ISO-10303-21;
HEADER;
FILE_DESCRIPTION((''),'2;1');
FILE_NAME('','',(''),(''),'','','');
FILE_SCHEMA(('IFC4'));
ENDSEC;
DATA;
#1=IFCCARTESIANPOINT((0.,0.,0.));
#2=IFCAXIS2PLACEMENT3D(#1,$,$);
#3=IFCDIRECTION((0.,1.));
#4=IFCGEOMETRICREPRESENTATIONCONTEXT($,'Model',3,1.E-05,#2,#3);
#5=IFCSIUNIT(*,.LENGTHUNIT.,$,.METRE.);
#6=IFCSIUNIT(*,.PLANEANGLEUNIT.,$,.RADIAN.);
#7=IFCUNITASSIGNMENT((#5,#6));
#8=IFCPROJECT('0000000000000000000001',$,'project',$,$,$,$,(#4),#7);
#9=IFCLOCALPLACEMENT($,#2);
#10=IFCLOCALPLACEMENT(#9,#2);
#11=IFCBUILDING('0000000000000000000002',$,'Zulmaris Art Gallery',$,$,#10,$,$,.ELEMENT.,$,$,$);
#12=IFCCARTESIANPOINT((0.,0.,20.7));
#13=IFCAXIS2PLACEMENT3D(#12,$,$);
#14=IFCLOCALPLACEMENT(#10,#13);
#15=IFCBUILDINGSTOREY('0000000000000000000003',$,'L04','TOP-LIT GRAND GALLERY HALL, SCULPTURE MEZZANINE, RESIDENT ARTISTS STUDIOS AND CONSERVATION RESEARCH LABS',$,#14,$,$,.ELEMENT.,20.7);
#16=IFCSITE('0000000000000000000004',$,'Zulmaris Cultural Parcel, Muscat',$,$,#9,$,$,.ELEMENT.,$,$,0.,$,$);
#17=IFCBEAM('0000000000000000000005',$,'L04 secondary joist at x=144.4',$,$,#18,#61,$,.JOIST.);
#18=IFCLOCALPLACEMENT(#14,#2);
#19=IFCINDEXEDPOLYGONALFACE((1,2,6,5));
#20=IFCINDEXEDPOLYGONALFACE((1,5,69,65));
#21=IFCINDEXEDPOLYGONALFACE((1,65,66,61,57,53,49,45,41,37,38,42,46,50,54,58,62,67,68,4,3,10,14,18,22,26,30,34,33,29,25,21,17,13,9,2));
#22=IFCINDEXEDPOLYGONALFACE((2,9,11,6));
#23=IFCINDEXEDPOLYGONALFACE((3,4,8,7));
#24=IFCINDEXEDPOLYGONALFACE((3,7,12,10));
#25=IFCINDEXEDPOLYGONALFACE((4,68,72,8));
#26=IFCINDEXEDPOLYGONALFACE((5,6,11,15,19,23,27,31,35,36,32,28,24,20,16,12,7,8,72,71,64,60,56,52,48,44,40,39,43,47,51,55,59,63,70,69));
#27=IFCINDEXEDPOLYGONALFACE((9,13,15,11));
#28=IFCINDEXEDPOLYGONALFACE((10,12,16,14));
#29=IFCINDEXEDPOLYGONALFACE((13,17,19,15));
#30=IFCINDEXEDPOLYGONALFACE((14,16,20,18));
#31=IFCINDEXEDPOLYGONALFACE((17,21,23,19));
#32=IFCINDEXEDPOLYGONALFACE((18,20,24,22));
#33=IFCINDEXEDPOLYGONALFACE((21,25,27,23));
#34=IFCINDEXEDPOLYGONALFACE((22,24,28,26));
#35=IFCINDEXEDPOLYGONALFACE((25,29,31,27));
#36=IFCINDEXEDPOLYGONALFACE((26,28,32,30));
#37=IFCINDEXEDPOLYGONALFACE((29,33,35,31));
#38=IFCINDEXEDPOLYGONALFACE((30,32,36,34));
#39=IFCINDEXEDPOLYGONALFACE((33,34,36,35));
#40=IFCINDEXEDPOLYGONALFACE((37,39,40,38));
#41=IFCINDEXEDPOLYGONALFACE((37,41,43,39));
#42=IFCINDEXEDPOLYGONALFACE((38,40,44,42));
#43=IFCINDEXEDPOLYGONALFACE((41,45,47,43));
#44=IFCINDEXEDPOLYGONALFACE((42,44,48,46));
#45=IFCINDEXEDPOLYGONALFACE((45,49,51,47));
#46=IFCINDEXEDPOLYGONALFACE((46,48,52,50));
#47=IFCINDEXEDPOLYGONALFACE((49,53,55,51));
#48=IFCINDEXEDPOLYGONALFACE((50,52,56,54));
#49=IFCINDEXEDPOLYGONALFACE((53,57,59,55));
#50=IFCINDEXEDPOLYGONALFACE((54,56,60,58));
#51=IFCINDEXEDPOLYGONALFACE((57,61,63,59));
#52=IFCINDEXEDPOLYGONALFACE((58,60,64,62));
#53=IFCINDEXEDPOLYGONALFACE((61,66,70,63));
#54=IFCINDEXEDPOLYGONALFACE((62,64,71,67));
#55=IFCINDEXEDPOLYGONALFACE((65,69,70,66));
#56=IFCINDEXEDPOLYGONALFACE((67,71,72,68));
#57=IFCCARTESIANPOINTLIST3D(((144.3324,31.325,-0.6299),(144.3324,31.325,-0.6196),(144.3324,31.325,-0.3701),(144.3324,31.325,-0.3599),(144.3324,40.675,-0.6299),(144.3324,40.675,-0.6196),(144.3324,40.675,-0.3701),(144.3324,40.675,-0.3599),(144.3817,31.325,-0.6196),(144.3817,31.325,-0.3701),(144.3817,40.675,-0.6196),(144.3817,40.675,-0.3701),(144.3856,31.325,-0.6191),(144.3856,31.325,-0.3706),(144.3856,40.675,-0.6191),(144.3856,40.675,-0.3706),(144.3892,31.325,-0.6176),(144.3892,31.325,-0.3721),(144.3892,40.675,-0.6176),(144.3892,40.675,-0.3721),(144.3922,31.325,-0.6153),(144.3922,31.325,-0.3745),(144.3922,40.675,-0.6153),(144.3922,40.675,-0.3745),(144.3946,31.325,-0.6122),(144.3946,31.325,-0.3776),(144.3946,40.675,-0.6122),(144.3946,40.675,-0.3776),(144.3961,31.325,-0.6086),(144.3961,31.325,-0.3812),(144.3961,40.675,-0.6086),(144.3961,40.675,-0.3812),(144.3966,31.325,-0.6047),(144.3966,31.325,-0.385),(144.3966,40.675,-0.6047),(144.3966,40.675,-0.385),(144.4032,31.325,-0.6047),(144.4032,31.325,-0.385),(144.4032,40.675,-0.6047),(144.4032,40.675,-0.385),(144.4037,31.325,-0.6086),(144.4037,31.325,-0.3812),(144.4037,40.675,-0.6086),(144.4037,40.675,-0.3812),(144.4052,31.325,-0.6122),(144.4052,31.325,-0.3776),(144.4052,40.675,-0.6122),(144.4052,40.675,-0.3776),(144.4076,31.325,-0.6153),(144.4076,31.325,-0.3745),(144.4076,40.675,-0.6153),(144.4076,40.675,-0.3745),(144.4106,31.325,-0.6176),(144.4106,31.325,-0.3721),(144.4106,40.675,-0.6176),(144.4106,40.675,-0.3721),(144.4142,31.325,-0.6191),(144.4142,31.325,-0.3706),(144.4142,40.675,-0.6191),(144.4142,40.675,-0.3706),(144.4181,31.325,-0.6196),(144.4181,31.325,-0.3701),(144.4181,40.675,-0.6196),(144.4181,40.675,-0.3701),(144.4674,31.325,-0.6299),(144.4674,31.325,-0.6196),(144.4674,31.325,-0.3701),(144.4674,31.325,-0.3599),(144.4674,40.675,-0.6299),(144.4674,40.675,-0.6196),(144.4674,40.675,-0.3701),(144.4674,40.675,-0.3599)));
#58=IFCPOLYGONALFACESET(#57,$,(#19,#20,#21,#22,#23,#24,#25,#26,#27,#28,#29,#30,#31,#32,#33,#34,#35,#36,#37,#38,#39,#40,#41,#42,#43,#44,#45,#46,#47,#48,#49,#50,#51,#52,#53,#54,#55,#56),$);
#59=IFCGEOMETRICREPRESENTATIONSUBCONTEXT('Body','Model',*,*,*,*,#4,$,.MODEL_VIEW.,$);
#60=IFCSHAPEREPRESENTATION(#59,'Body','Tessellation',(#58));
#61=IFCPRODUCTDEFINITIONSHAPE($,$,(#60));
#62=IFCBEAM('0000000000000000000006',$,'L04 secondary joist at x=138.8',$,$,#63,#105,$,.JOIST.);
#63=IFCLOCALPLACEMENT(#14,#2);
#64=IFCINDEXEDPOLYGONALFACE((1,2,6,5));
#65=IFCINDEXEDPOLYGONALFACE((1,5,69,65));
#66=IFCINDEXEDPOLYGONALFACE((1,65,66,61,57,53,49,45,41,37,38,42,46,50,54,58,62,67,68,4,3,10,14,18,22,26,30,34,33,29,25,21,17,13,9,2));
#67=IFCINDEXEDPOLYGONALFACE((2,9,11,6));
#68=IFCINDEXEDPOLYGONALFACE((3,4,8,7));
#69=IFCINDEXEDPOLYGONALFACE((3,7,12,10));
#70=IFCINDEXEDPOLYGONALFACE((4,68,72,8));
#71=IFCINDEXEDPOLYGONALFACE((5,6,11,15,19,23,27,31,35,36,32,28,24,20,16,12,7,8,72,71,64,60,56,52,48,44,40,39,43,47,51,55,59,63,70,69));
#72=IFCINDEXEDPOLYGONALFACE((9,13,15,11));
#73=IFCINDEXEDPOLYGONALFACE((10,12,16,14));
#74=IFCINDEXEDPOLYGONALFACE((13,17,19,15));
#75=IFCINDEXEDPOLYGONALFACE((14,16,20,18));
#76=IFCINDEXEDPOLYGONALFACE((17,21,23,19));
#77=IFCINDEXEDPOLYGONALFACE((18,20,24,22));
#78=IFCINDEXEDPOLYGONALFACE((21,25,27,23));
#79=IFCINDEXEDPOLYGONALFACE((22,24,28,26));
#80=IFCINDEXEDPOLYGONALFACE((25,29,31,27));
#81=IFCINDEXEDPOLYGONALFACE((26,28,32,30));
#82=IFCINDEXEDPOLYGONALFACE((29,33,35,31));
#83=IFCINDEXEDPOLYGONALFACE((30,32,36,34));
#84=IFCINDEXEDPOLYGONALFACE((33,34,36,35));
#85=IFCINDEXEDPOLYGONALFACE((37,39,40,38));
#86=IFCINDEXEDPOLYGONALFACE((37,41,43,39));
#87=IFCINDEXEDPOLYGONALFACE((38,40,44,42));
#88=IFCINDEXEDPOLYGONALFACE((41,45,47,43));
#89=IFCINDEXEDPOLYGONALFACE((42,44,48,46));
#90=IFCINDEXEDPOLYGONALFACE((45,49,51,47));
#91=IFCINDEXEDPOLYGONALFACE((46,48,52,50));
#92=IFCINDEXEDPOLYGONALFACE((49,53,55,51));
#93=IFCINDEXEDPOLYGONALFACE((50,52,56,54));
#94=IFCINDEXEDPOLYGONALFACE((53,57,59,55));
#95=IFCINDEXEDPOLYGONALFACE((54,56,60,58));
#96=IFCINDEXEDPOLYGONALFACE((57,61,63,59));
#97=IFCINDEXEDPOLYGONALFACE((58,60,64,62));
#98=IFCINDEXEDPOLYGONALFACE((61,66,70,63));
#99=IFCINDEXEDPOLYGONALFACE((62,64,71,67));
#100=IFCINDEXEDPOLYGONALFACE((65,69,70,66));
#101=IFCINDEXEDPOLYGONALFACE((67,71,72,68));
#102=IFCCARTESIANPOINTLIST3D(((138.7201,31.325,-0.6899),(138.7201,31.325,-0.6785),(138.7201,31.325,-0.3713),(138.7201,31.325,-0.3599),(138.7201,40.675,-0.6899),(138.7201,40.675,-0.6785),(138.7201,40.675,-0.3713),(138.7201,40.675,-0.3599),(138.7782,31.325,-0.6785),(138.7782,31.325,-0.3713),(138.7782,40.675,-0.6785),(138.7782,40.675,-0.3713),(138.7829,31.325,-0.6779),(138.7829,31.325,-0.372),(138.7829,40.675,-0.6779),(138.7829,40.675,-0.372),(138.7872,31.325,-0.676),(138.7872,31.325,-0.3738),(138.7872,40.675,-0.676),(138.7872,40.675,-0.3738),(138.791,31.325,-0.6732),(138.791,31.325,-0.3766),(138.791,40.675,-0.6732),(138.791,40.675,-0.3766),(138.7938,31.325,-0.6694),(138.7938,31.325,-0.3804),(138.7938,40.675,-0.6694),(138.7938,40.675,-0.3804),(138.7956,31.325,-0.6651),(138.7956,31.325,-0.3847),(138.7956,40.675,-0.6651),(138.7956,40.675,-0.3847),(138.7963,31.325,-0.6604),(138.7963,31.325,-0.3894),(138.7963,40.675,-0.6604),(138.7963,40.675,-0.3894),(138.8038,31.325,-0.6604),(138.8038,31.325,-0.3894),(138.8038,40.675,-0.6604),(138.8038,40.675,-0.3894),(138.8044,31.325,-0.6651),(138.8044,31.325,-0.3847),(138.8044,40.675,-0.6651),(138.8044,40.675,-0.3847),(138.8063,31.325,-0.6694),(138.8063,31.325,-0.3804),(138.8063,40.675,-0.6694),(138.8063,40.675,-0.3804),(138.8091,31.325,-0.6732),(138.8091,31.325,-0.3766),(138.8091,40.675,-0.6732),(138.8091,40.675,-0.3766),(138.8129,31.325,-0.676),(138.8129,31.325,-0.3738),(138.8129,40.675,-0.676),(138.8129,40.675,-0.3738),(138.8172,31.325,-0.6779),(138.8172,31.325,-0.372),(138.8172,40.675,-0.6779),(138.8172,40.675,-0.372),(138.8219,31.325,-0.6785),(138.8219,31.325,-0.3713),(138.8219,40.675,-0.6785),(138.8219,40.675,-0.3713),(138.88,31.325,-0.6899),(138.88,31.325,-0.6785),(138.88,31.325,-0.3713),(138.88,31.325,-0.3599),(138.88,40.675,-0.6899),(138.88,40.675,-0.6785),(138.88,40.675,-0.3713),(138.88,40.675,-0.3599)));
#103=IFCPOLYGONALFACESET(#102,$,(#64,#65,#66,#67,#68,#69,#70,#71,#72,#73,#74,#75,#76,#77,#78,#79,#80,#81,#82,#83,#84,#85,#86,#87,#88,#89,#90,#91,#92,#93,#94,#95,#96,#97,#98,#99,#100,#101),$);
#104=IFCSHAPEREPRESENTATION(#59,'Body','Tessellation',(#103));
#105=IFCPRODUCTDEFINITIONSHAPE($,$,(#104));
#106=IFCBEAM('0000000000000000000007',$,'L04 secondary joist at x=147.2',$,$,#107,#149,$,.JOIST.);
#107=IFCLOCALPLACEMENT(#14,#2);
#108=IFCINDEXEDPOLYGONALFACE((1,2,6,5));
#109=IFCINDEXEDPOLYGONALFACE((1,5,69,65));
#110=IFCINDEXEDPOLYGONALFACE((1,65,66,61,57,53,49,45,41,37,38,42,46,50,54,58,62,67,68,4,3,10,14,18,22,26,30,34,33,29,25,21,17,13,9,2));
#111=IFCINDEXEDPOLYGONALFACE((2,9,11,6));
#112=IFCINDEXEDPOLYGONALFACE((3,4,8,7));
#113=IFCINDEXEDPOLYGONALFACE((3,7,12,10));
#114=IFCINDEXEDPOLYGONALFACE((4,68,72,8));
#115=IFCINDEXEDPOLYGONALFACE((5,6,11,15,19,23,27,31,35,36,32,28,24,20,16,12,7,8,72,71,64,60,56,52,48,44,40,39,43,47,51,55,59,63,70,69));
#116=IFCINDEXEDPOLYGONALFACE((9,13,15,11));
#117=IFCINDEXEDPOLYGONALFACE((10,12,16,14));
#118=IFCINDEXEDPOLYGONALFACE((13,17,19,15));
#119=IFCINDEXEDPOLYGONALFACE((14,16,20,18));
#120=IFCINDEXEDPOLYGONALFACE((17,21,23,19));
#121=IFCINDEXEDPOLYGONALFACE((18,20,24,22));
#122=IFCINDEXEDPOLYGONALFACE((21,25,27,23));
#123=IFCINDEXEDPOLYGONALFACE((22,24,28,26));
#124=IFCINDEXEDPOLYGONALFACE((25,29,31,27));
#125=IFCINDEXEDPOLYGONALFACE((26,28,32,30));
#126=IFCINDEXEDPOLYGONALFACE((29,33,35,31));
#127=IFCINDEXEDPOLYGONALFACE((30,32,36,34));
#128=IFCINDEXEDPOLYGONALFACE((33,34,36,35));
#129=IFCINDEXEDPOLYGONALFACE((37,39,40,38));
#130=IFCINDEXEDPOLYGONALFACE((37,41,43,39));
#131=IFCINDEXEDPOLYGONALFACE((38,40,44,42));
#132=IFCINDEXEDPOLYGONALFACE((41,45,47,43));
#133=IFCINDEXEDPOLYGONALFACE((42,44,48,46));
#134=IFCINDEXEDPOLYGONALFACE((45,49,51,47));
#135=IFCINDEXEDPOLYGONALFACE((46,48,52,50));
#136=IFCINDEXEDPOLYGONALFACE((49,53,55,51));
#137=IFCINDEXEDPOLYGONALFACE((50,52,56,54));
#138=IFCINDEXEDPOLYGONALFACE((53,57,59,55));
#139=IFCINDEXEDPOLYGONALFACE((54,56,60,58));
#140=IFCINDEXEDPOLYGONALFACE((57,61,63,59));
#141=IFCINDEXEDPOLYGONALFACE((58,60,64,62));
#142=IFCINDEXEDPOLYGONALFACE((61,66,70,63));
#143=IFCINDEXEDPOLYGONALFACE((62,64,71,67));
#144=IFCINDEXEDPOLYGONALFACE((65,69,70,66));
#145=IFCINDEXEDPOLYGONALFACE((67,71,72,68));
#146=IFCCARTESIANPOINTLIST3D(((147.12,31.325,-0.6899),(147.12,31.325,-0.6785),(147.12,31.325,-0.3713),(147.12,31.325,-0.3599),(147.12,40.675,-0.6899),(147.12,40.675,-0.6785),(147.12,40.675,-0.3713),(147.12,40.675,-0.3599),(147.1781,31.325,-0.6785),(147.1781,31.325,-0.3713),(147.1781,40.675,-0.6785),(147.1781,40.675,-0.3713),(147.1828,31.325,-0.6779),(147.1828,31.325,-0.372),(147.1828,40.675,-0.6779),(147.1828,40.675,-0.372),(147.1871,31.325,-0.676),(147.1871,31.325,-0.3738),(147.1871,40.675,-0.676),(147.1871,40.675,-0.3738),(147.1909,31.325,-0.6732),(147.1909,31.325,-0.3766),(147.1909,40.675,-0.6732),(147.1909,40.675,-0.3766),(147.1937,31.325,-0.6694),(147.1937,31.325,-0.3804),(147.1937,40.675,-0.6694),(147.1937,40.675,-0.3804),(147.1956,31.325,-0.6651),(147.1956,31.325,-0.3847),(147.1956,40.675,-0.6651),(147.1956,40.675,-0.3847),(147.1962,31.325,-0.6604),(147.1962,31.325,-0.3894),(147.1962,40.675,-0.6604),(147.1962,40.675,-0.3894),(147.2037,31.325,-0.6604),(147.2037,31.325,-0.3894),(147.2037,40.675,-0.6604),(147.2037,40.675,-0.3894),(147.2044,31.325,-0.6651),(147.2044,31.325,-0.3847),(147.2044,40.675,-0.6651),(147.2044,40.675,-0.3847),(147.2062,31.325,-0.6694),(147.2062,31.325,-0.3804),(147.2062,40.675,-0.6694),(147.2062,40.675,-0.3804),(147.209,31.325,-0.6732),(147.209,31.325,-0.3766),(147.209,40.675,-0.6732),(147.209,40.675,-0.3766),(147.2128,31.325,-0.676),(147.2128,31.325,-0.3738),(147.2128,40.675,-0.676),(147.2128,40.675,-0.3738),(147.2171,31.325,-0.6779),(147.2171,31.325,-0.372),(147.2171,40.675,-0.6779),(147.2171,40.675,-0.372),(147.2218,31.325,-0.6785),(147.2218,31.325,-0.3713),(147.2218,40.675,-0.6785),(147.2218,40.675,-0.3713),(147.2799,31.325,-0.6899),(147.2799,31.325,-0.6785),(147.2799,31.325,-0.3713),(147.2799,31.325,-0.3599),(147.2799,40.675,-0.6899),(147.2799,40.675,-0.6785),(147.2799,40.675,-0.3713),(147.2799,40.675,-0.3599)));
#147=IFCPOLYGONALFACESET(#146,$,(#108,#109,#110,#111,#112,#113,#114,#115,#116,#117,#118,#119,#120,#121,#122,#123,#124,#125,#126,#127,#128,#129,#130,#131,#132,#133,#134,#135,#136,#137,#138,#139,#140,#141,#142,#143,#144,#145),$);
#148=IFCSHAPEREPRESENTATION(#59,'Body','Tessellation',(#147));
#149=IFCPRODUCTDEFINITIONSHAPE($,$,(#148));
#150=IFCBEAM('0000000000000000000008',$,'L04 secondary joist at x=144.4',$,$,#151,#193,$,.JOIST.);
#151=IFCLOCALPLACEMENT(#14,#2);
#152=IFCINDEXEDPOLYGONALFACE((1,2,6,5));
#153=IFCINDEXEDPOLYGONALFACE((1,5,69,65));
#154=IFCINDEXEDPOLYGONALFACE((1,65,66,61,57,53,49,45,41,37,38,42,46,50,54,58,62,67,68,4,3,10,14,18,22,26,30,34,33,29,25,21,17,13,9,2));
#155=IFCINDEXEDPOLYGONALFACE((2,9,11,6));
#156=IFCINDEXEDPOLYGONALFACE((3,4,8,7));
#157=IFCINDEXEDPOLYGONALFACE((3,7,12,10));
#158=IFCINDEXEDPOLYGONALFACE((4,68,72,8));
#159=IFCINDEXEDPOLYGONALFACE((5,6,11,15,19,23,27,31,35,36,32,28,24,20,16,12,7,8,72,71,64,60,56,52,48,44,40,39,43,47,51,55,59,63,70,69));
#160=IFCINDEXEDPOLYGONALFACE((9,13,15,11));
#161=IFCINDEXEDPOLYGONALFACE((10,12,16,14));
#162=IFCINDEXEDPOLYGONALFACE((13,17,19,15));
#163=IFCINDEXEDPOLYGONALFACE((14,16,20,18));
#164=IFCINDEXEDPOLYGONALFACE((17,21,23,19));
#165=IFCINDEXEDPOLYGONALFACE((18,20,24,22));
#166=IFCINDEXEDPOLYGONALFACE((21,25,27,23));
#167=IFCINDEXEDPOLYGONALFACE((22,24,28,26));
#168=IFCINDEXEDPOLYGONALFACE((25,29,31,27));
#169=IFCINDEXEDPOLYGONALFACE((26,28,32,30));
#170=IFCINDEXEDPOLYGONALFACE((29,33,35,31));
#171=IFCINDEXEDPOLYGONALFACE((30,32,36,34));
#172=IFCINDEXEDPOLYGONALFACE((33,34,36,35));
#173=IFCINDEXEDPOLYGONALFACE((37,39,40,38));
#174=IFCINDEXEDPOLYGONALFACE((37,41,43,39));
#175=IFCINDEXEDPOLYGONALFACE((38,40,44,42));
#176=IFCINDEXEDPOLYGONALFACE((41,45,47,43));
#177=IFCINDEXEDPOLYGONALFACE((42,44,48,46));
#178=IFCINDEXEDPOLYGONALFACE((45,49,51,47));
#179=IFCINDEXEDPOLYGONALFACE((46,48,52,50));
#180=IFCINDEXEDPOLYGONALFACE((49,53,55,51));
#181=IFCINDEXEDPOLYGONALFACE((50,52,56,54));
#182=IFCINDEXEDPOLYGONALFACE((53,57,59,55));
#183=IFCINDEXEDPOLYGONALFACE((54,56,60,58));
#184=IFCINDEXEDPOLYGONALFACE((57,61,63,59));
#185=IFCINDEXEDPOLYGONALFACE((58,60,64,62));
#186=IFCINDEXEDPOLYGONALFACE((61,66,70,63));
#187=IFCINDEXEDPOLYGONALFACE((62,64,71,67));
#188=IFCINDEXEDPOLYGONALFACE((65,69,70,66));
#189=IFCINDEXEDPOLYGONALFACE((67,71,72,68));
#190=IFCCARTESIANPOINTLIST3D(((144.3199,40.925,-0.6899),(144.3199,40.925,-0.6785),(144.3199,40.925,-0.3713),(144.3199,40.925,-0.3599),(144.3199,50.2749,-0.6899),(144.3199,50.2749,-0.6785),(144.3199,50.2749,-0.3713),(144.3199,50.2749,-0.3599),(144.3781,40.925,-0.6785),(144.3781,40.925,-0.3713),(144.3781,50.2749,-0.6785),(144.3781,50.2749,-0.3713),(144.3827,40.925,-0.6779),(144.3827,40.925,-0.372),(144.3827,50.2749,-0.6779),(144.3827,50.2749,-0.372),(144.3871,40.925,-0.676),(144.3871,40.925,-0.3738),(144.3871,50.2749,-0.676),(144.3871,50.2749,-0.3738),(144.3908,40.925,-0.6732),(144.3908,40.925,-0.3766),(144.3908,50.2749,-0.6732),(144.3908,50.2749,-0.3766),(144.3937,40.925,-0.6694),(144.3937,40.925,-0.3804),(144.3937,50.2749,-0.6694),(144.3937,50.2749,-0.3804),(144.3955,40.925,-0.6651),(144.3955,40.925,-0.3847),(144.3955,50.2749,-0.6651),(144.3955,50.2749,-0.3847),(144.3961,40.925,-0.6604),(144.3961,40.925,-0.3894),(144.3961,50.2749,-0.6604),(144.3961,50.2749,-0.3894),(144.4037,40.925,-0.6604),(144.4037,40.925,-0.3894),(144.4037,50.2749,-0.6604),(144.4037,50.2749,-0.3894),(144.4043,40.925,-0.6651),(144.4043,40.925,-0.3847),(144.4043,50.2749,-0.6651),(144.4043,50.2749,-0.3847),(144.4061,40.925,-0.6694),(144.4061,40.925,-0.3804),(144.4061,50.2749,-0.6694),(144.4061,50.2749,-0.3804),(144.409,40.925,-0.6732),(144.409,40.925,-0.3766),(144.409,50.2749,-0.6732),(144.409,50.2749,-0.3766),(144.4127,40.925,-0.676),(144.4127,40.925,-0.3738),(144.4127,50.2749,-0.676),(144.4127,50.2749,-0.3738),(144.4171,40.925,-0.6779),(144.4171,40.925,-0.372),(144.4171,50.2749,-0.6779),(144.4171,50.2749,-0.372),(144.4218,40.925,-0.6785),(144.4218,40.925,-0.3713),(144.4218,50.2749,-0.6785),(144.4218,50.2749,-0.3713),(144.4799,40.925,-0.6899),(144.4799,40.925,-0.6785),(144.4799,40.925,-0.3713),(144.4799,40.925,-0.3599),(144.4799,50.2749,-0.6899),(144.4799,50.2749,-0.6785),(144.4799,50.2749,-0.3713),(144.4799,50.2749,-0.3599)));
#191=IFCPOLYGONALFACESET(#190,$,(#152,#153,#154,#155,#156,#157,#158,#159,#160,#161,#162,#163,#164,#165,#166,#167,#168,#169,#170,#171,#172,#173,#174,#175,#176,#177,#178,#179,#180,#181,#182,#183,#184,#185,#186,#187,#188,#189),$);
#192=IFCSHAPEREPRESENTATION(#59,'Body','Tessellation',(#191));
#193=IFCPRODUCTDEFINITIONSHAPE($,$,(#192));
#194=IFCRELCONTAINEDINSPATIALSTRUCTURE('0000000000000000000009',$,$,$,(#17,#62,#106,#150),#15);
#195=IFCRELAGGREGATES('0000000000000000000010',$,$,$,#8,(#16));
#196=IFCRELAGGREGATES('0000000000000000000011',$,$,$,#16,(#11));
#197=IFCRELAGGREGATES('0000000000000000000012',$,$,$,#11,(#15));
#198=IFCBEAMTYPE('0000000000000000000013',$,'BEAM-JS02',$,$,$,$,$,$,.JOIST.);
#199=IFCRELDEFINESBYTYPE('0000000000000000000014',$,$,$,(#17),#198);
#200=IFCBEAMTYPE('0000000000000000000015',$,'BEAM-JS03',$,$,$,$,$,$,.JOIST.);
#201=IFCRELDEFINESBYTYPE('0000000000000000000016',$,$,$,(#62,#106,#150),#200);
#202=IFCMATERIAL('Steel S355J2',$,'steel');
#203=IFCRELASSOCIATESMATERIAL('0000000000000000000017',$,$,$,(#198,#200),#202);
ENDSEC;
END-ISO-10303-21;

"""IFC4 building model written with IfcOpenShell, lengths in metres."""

from ifc_helpers import new_model, si_unit, direction, frame, origin, origin_2d, place, context, subcontext, project, spatial, i_section, extrude, material, material_profile, profile_set, type_object, element, save


model = new_model("IFC4")

# Units and contexts
model_context = context("Model", 3, precision=1e-05, world=origin(), true_north=direction((0.0, 1.0)))
body_context = subcontext(model_context, "Body", "Model", "MODEL_VIEW")
ifc_project = project(units=[si_unit("LENGTHUNIT", "METRE"), si_unit("PLANEANGLEUNIT", "RADIAN")], contexts=[model_context])

# Site, building, storey
site_placement = place(None, origin())
site = spatial("IfcSite", under=ifc_project, at=site_placement, Name="Zulmaris Cultural Parcel, Muscat", CompositionType="ELEMENT", RefElevation=0.0)
building_placement = place(site_placement, origin())
building = spatial("IfcBuilding", under=site, at=building_placement, Name="Zulmaris Art Gallery", CompositionType="ELEMENT")
storey_placement = place(building_placement, frame((0.0, 0.0, 20.7)))
storey = spatial("IfcBuildingStorey", under=building, at=storey_placement, Name="L04", Description="TOP-LIT GRAND GALLERY HALL, SCULPTURE MEZZANINE, RESIDENT ARTISTS STUDIOS AND CONSERVATION RESEARCH LABS", CompositionType="ELEMENT", Elevation=20.7)

# Beams
ifc_material_1 = material(Name="Steel S355J2", Category="steel")
ifc_material_profile_1 = material_profile(ifc_material_1, i_section(OverallWidth=0.135, OverallDepth=0.27, WebThickness=0.0066, FlangeThickness=0.0103, FilletRadius=0.0149, at=origin_2d()), Name="IPE 270")
ifc_profile_set_1 = profile_set([ifc_material_profile_1], Name="Steel S355J2")
beam_type_1 = type_object("IfcBeamType", Name="BEAM-JS02", PredefinedType="JOIST", material=ifc_profile_set_1)
beam_1_placement = place(storey_placement, frame((144.3999, 31.325, -0.4949), z_axis=(0.0, 1.0, 0.0), x_axis=(-1.0, 0.0, 0.0)))
element("IfcBeam", 1, at=beam_1_placement, inside=storey, type_object=beam_type_1, Name="L04 secondary joist at x=144.4", PredefinedType="JOIST", context=body_context, shape_type="SweptSolid", body=[
    extrude(i_section(OverallWidth=0.135, OverallDepth=0.27, WebThickness=0.0066, FlangeThickness=0.0103, FilletRadius=0.0149, at=origin_2d()), origin(), (0.0, 0.0, 1.0), 9.3501),
])
ifc_material_profile_2 = material_profile(ifc_material_1, i_section(OverallWidth=0.1599, OverallDepth=0.3301, WebThickness=0.0076, FlangeThickness=0.0115, FilletRadius=0.0181, at=origin_2d()), Name="IPE 330")
ifc_profile_set_2 = profile_set([ifc_material_profile_2], Name="Steel S355J2")
beam_type_2 = type_object("IfcBeamType", Name="BEAM-JS03", PredefinedType="JOIST", material=ifc_profile_set_2)
for number, where, z_axis, x_axis, name in (
    (2, (138.8, 31.325, -0.5249), (0.0, 1.0, 0.0), (-1.0, 0.0, 0.0), "L04 secondary joist at x=138.8"),
    (3, (147.2, 31.325, -0.5249), (0.0, 1.0, 0.0), (-1.0, 0.0, 0.0), "L04 secondary joist at x=147.2"),
):
    element("IfcBeam", number, at=place(storey_placement, frame(where, z_axis=z_axis, x_axis=x_axis)), inside=storey, type_object=beam_type_2, Name=name, PredefinedType="JOIST", context=body_context, shape_type="SweptSolid", body=[
        extrude(i_section(OverallWidth=0.1599, OverallDepth=0.3301, WebThickness=0.0076, FlangeThickness=0.0115, FilletRadius=0.0181, at=origin_2d()), origin(), (0.0, 0.0, 1.0), 9.3501),
    ])
beam_2_placement = place(storey_placement, frame((144.3999, 40.925, -0.5249), z_axis=(0.0, 1.0, 0.0), x_axis=(-1.0, 0.0, 0.0)))
element("IfcBeam", 4, at=beam_2_placement, inside=storey, type_object=beam_type_2, Name="L04 secondary joist at x=144.4", PredefinedType="JOIST", context=body_context, shape_type="SweptSolid", body=[
    extrude(i_section(OverallWidth=0.1599, OverallDepth=0.3301, WebThickness=0.0076, FlangeThickness=0.0115, FilletRadius=0.0181, at=origin_2d()), origin(), (0.0, 0.0, 1.0), 9.3499),
])

save(model, "model.ifc")
